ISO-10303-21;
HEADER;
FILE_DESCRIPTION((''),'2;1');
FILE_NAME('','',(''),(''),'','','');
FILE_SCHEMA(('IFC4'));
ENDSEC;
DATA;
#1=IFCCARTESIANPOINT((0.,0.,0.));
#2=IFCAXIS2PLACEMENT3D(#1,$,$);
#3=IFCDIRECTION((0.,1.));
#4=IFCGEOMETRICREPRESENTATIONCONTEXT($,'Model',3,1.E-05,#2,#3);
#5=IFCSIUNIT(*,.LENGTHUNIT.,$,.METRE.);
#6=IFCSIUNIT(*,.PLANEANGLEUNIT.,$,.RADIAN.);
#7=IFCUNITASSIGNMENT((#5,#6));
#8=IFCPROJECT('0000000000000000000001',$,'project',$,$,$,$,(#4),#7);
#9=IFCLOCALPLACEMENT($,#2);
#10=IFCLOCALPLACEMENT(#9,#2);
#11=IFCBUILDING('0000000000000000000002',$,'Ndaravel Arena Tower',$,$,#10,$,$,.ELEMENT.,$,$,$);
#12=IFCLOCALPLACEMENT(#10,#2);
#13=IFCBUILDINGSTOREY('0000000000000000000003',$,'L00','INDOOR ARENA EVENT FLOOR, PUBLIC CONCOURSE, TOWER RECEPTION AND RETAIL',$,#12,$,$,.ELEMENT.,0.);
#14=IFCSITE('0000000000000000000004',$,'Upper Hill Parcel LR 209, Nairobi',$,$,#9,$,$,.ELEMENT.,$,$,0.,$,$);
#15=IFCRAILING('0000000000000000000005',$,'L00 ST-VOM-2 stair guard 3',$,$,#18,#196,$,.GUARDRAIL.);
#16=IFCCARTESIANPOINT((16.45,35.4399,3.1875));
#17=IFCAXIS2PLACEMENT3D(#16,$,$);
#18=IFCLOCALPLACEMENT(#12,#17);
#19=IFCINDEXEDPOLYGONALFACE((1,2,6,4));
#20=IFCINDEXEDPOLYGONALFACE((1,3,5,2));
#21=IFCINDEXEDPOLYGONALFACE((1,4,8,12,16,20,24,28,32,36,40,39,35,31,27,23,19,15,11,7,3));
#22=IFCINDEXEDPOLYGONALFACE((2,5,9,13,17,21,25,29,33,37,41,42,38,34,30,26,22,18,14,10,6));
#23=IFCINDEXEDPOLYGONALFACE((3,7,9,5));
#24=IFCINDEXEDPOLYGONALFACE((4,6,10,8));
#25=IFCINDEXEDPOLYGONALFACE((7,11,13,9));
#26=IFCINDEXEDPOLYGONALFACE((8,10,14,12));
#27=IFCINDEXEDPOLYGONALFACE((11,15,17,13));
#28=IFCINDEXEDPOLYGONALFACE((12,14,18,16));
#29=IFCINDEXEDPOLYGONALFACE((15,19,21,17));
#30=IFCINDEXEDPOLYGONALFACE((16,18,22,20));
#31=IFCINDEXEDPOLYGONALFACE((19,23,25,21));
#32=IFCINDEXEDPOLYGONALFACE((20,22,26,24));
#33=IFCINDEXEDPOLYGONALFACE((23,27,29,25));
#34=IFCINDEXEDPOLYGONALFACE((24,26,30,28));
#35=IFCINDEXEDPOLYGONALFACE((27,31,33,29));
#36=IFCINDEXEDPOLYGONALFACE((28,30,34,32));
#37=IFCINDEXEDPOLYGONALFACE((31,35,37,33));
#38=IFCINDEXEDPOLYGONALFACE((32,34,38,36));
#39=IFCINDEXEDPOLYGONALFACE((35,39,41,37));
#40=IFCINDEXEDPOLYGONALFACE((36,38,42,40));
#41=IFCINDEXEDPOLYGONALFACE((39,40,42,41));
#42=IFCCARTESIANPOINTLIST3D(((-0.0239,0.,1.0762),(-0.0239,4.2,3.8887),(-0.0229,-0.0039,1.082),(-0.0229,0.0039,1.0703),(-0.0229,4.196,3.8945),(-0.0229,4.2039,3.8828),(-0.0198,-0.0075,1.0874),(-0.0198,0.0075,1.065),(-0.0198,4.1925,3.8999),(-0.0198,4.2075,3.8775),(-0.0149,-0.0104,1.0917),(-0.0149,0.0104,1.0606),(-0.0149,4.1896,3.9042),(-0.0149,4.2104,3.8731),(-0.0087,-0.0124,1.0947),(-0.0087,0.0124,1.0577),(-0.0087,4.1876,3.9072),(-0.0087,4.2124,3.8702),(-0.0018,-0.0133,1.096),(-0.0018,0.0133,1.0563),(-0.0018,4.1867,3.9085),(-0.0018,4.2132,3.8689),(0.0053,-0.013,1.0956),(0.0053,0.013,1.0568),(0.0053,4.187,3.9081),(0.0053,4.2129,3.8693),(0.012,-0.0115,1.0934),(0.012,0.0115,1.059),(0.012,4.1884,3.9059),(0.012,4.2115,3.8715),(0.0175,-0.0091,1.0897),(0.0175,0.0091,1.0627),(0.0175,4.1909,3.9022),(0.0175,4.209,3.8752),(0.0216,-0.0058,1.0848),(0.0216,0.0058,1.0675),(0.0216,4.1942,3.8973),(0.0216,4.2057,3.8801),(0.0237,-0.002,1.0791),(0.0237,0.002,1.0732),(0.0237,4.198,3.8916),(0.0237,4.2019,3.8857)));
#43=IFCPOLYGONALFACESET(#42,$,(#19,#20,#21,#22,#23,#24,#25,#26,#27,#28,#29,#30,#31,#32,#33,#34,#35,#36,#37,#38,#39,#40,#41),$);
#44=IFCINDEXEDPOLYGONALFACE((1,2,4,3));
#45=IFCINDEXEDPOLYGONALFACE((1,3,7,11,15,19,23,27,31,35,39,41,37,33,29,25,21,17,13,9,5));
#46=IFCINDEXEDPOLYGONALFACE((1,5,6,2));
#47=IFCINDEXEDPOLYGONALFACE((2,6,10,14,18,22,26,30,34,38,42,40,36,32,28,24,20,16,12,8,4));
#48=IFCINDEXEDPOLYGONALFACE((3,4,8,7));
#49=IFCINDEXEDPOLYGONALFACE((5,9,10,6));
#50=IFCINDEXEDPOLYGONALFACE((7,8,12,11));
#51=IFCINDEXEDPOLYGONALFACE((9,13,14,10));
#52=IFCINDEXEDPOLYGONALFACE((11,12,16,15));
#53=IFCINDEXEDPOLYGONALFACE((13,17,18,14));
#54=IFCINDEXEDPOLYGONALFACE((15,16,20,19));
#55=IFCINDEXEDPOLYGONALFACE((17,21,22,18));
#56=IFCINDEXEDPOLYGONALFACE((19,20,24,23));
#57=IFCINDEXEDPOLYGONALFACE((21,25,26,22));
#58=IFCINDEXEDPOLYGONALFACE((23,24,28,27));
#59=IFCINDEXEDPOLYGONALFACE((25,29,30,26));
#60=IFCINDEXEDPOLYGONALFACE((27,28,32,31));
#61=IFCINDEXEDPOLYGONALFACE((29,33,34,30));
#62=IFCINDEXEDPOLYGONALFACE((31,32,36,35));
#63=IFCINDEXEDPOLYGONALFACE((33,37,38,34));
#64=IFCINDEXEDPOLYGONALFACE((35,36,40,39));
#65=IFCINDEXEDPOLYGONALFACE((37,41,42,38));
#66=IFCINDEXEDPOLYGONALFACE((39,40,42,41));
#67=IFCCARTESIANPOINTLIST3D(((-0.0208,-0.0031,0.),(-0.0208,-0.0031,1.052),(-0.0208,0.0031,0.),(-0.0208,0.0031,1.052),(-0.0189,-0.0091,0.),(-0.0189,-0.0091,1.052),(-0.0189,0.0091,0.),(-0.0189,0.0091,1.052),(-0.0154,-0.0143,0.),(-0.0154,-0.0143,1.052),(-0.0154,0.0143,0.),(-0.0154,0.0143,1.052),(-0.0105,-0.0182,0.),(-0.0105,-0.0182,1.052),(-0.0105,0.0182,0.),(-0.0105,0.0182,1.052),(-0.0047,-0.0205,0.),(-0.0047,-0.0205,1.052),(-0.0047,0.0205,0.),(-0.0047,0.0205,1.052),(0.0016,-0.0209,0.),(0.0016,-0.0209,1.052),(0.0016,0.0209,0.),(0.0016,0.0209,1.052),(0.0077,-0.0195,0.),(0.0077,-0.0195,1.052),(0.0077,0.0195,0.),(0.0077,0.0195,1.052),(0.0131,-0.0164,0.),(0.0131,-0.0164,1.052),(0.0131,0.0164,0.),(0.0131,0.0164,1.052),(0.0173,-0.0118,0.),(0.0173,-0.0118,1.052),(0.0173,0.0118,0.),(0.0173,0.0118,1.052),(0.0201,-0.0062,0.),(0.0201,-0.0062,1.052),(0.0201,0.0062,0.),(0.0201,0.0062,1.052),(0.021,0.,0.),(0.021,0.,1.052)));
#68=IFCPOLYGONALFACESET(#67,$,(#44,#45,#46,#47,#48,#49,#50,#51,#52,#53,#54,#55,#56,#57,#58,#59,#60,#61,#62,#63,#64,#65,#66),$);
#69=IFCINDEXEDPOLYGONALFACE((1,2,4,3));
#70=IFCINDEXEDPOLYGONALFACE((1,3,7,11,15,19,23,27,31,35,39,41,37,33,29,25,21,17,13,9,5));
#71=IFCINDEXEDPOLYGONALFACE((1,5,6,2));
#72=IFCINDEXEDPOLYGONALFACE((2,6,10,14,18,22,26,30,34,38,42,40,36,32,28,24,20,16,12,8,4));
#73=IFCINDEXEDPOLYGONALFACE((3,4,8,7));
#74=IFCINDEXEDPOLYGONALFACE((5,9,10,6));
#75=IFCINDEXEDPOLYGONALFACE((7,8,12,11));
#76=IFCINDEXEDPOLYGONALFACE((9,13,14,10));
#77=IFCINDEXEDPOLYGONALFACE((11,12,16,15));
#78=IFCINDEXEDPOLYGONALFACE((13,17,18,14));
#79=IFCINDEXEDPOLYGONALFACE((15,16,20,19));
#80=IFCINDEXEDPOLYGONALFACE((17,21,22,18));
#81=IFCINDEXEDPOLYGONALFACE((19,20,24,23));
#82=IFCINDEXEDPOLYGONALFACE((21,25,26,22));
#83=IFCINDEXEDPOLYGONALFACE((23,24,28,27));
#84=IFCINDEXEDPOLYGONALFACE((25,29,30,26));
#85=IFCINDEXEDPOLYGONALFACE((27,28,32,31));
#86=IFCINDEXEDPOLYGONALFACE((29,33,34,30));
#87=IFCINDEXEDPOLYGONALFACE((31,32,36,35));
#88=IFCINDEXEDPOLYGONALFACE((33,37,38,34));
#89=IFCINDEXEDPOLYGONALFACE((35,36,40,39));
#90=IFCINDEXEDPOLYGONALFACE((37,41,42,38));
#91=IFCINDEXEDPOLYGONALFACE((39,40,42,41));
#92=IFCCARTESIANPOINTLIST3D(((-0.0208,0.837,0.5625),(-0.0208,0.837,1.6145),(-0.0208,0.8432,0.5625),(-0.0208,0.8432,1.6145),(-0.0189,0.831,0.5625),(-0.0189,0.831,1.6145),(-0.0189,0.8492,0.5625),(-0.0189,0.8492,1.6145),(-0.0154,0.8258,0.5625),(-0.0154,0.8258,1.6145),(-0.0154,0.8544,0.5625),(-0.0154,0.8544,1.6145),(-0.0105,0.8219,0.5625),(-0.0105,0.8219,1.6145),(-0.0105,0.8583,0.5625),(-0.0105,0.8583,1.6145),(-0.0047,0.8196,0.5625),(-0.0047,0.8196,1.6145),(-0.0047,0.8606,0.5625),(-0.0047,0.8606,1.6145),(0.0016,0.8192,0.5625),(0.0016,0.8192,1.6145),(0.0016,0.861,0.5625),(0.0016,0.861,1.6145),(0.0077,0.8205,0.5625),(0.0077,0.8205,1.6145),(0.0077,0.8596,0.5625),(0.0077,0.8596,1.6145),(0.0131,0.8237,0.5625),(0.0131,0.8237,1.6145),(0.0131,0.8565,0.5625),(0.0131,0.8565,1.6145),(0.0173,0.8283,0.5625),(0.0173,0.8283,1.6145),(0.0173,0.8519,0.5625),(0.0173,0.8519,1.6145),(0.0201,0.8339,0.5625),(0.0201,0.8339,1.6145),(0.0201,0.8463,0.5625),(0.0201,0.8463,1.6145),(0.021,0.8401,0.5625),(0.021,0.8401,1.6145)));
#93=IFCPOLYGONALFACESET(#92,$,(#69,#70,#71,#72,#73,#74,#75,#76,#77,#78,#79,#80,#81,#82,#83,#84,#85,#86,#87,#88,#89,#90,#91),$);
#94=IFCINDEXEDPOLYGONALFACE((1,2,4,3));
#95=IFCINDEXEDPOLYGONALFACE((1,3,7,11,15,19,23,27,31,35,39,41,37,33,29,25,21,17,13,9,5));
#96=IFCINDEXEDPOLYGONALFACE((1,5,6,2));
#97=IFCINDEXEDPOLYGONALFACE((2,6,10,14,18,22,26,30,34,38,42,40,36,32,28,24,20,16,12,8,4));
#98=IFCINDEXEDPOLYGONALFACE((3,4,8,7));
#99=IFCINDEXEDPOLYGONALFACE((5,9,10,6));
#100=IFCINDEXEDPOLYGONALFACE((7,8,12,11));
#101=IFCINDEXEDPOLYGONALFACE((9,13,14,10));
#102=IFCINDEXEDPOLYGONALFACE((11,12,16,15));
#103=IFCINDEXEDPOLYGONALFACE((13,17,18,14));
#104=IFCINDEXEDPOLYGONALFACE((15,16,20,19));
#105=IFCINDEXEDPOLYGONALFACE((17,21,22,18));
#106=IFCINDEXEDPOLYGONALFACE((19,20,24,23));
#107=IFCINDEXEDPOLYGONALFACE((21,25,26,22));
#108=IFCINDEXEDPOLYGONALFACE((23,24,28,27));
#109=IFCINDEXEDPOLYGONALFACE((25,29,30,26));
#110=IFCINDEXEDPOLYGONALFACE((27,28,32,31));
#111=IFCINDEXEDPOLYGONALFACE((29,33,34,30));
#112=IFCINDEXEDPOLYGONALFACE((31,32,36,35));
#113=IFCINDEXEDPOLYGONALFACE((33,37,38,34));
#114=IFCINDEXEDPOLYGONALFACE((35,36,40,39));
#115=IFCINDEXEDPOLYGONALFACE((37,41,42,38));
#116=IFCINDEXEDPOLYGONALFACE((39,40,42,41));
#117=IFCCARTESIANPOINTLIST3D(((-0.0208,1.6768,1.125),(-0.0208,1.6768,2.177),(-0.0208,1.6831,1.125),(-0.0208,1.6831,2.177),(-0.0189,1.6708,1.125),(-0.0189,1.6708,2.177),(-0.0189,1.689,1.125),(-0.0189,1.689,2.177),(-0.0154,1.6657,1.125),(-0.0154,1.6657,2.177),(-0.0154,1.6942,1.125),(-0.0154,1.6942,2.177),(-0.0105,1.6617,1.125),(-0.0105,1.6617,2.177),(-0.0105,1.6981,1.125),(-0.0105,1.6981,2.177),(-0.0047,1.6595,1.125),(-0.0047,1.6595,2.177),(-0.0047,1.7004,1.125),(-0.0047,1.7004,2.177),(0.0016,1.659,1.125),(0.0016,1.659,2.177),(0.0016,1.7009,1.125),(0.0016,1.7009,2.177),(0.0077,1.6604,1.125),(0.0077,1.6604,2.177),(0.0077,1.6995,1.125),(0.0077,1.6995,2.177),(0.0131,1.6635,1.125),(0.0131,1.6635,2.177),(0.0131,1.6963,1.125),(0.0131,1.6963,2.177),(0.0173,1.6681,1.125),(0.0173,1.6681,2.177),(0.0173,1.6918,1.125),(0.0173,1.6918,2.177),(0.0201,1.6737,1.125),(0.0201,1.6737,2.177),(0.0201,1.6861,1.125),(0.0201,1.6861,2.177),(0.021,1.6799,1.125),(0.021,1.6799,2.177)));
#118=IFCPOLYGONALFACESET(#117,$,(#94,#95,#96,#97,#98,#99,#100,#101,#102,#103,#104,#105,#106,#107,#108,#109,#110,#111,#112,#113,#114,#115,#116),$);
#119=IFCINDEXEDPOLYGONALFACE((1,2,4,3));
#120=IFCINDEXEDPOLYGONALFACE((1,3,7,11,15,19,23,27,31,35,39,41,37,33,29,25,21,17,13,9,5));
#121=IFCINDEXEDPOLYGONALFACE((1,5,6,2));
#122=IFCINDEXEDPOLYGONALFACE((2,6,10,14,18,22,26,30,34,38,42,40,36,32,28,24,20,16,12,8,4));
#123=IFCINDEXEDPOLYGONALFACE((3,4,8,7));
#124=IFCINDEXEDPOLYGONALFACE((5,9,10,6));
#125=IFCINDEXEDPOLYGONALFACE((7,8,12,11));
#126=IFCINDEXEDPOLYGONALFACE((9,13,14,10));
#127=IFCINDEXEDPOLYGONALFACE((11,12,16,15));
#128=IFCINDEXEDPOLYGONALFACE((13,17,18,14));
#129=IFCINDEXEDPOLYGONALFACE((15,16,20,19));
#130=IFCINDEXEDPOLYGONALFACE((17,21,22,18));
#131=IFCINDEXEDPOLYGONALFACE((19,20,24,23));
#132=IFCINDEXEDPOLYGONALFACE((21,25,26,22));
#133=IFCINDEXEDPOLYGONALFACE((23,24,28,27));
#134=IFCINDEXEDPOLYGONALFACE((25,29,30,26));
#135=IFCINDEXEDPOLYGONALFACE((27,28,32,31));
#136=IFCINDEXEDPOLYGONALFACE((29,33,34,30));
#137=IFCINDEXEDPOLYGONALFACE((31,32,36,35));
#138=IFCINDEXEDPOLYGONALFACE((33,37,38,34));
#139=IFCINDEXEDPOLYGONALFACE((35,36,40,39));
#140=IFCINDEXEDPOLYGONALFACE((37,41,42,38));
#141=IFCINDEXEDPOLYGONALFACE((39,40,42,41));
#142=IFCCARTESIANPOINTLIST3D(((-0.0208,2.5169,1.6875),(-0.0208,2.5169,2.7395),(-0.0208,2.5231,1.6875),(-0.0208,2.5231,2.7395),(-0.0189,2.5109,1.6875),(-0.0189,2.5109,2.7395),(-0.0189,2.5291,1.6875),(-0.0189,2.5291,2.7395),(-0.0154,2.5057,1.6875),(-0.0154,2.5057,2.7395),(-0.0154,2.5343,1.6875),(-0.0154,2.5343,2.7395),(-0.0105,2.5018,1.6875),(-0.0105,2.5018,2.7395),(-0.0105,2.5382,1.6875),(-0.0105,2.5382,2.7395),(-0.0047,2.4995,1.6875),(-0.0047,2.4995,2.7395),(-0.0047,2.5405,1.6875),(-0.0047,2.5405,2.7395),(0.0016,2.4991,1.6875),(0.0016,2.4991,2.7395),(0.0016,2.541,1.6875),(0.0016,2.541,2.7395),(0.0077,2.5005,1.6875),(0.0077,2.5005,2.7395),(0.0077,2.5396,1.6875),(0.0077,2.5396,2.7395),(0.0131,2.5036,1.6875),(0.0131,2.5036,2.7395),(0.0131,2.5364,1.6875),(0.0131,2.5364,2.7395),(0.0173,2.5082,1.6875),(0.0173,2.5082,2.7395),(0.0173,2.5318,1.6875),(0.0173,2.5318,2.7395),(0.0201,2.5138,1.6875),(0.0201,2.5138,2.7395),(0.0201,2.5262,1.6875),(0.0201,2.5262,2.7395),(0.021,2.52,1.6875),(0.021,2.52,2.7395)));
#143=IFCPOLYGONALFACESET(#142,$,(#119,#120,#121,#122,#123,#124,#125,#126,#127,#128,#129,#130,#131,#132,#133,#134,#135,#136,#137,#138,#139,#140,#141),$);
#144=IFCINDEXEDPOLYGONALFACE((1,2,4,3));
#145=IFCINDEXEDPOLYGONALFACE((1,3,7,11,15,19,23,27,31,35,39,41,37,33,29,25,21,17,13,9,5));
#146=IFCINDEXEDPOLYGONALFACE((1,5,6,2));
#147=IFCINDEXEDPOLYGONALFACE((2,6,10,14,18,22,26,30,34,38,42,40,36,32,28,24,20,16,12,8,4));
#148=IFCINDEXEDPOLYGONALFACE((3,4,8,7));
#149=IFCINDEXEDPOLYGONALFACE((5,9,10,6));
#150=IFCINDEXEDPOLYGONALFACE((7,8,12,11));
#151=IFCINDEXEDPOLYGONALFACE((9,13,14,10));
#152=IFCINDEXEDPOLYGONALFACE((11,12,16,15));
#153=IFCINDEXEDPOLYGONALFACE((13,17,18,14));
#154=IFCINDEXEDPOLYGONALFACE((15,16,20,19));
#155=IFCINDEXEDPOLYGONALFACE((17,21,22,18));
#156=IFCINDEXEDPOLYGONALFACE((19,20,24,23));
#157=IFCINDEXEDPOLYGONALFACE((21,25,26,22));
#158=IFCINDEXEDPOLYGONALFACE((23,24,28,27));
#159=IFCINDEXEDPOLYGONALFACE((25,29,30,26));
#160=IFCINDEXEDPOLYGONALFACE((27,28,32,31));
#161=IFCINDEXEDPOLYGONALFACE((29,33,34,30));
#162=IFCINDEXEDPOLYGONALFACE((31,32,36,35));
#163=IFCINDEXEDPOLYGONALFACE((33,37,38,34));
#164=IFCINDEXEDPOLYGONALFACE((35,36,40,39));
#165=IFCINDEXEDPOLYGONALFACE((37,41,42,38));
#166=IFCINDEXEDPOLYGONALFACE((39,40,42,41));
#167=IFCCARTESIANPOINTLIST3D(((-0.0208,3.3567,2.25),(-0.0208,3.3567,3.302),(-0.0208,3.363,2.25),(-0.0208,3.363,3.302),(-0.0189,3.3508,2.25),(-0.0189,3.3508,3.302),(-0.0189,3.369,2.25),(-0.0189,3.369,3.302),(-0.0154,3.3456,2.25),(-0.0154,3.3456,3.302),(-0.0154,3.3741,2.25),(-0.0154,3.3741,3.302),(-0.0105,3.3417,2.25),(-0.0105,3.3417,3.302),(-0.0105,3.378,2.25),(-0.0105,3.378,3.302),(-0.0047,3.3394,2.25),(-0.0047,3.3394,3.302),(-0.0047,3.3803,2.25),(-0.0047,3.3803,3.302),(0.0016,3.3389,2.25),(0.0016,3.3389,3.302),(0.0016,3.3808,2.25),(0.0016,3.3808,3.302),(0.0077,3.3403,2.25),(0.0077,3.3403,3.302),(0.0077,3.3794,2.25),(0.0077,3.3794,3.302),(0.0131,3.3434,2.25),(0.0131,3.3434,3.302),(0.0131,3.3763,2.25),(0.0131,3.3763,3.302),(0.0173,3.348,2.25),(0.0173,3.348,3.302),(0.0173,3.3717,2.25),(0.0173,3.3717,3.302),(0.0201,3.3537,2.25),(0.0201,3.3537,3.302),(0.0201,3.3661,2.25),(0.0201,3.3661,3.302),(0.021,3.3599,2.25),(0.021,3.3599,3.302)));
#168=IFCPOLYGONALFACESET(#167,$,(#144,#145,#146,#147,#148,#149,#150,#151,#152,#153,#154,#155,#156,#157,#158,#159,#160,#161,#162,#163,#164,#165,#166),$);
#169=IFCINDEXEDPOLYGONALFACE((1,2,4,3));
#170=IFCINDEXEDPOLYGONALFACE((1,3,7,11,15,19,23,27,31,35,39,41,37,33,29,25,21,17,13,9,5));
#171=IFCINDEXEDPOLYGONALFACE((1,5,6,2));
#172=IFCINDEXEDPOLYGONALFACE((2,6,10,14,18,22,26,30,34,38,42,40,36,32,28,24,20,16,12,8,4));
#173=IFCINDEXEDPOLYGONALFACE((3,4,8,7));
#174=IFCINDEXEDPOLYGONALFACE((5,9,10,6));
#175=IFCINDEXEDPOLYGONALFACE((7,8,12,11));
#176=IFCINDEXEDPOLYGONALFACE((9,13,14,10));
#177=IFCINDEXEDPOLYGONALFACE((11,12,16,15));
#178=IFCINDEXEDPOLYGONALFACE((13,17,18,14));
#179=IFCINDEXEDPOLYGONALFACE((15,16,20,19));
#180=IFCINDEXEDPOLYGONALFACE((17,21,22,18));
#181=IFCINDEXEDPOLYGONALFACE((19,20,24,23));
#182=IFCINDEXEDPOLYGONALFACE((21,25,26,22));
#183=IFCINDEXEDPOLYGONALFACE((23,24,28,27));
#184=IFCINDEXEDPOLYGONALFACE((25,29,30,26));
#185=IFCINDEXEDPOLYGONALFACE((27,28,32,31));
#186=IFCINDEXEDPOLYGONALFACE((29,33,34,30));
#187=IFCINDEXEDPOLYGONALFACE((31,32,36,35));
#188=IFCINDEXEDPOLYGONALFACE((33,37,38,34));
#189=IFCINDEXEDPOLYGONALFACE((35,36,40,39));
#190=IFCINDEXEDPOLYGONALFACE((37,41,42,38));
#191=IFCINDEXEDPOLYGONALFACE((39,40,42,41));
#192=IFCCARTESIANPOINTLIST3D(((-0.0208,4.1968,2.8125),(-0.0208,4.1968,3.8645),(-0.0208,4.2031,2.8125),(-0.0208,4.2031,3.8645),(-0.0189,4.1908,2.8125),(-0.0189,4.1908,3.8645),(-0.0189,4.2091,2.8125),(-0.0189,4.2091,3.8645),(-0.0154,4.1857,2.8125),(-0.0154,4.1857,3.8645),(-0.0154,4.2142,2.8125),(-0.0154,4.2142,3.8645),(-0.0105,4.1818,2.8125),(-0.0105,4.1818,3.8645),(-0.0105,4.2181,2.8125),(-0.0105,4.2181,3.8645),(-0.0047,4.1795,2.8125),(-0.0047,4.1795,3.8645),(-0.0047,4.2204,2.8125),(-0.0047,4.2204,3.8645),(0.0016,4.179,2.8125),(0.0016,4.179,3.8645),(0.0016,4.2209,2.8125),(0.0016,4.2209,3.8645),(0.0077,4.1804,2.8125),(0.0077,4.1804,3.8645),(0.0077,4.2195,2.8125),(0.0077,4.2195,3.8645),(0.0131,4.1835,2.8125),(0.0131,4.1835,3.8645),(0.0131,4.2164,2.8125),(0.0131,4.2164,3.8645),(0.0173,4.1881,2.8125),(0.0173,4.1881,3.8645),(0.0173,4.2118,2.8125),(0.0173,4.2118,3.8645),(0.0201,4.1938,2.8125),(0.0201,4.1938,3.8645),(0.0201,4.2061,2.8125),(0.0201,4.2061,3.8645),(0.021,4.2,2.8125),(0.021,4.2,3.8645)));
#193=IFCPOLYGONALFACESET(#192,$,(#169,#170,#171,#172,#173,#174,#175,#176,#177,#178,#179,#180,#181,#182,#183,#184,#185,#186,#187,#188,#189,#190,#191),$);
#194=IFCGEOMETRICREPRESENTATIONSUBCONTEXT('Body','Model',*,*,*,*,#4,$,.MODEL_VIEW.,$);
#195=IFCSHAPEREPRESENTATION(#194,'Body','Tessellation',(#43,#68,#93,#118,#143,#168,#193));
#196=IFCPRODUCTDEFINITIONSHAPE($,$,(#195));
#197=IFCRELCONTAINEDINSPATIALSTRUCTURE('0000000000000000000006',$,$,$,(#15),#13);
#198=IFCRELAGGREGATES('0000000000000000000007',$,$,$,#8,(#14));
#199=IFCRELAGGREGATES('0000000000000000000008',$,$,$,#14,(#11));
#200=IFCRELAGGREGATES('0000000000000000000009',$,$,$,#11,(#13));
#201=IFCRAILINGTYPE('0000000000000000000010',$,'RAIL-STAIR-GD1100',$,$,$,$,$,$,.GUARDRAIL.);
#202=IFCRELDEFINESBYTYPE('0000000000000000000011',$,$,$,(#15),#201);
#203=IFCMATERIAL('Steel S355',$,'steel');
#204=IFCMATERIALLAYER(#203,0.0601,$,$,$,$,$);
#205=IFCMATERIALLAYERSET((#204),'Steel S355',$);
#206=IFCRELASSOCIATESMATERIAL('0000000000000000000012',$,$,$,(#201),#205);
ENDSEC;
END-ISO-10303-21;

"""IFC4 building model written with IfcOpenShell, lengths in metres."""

from ifc_helpers import new_model, si_unit, direction, frame, origin, origin_2d, place, context, subcontext, project, spatial, circle, extrude, material, layer, layer_set, type_object, element, save


model = new_model("IFC4")

# Units and contexts
model_context = context("Model", 3, precision=1e-05, world=origin(), true_north=direction((0.0, 1.0)))
body_context = subcontext(model_context, "Body", "Model", "MODEL_VIEW")
ifc_project = project(units=[si_unit("LENGTHUNIT", "METRE"), si_unit("PLANEANGLEUNIT", "RADIAN")], contexts=[model_context])

# Site, building, storey
site_placement = place(None, origin())
site = spatial("IfcSite", under=ifc_project, at=site_placement, Name="Upper Hill Parcel LR 209, Nairobi", CompositionType="ELEMENT", RefElevation=0.0)
building_placement = place(site_placement, origin())
building = spatial("IfcBuilding", under=site, at=building_placement, Name="Ndaravel Arena Tower", CompositionType="ELEMENT")
storey_placement = place(building_placement, origin())
storey = spatial("IfcBuildingStorey", under=building, at=storey_placement, Name="L00", Description="INDOOR ARENA EVENT FLOOR, PUBLIC CONCOURSE, TOWER RECEPTION AND RETAIL", CompositionType="ELEMENT", Elevation=0.0)

# Railing
ifc_material_1 = material(Name="Steel S355", Category="steel")
ifc_layer_1 = layer(ifc_material_1, 0.0601)
ifc_layer_set_1 = layer_set([ifc_layer_1], Name="Steel S355")
railing_type_1 = type_object("IfcRailingType", Name="RAIL-STAIR-GD1100", PredefinedType="GUARDRAIL", material=ifc_layer_set_1)
railing_1_placement = place(storey_placement, frame((16.45, 35.4399, 3.1875)))
element("IfcRailing", 1, at=railing_1_placement, inside=storey, type_object=railing_type_1, Name="L00 ST-VOM-2 stair guard 3", PredefinedType="GUARDRAIL", context=body_context, shape_type="SweptSolid", body=[
    extrude(circle(Radius=0.0239, at=origin_2d()), frame((0.0, 0.0, 1.0762), z_axis=(0.0, 0.830904, 0.556416), x_axis=(-1.0, 0.0, 0.0)), (0.0, 0.0, 1.0), 5.0547),
    extrude(circle(Radius=0.021, at=origin_2d()), origin(), (0.0, 0.0, 1.0), 1.052),
    extrude(circle(Radius=0.021, at=origin_2d()), frame((0.0, 0.8401, 0.5625)), (0.0, 0.0, 1.0), 1.052),
    extrude(circle(Radius=0.021, at=origin_2d()), frame((0.0, 1.6799, 1.125)), (0.0, 0.0, 1.0), 1.052),
    extrude(circle(Radius=0.021, at=origin_2d()), frame((0.0, 2.52, 1.6875)), (0.0, 0.0, 1.0), 1.052),
    extrude(circle(Radius=0.021, at=origin_2d()), frame((0.0, 3.3599, 2.25)), (0.0, 0.0, 1.0), 1.052),
    extrude(circle(Radius=0.021, at=origin_2d()), frame((0.0, 4.2, 2.8125)), (0.0, 0.0, 1.0), 1.052),
])

save(model, "model.ifc")
